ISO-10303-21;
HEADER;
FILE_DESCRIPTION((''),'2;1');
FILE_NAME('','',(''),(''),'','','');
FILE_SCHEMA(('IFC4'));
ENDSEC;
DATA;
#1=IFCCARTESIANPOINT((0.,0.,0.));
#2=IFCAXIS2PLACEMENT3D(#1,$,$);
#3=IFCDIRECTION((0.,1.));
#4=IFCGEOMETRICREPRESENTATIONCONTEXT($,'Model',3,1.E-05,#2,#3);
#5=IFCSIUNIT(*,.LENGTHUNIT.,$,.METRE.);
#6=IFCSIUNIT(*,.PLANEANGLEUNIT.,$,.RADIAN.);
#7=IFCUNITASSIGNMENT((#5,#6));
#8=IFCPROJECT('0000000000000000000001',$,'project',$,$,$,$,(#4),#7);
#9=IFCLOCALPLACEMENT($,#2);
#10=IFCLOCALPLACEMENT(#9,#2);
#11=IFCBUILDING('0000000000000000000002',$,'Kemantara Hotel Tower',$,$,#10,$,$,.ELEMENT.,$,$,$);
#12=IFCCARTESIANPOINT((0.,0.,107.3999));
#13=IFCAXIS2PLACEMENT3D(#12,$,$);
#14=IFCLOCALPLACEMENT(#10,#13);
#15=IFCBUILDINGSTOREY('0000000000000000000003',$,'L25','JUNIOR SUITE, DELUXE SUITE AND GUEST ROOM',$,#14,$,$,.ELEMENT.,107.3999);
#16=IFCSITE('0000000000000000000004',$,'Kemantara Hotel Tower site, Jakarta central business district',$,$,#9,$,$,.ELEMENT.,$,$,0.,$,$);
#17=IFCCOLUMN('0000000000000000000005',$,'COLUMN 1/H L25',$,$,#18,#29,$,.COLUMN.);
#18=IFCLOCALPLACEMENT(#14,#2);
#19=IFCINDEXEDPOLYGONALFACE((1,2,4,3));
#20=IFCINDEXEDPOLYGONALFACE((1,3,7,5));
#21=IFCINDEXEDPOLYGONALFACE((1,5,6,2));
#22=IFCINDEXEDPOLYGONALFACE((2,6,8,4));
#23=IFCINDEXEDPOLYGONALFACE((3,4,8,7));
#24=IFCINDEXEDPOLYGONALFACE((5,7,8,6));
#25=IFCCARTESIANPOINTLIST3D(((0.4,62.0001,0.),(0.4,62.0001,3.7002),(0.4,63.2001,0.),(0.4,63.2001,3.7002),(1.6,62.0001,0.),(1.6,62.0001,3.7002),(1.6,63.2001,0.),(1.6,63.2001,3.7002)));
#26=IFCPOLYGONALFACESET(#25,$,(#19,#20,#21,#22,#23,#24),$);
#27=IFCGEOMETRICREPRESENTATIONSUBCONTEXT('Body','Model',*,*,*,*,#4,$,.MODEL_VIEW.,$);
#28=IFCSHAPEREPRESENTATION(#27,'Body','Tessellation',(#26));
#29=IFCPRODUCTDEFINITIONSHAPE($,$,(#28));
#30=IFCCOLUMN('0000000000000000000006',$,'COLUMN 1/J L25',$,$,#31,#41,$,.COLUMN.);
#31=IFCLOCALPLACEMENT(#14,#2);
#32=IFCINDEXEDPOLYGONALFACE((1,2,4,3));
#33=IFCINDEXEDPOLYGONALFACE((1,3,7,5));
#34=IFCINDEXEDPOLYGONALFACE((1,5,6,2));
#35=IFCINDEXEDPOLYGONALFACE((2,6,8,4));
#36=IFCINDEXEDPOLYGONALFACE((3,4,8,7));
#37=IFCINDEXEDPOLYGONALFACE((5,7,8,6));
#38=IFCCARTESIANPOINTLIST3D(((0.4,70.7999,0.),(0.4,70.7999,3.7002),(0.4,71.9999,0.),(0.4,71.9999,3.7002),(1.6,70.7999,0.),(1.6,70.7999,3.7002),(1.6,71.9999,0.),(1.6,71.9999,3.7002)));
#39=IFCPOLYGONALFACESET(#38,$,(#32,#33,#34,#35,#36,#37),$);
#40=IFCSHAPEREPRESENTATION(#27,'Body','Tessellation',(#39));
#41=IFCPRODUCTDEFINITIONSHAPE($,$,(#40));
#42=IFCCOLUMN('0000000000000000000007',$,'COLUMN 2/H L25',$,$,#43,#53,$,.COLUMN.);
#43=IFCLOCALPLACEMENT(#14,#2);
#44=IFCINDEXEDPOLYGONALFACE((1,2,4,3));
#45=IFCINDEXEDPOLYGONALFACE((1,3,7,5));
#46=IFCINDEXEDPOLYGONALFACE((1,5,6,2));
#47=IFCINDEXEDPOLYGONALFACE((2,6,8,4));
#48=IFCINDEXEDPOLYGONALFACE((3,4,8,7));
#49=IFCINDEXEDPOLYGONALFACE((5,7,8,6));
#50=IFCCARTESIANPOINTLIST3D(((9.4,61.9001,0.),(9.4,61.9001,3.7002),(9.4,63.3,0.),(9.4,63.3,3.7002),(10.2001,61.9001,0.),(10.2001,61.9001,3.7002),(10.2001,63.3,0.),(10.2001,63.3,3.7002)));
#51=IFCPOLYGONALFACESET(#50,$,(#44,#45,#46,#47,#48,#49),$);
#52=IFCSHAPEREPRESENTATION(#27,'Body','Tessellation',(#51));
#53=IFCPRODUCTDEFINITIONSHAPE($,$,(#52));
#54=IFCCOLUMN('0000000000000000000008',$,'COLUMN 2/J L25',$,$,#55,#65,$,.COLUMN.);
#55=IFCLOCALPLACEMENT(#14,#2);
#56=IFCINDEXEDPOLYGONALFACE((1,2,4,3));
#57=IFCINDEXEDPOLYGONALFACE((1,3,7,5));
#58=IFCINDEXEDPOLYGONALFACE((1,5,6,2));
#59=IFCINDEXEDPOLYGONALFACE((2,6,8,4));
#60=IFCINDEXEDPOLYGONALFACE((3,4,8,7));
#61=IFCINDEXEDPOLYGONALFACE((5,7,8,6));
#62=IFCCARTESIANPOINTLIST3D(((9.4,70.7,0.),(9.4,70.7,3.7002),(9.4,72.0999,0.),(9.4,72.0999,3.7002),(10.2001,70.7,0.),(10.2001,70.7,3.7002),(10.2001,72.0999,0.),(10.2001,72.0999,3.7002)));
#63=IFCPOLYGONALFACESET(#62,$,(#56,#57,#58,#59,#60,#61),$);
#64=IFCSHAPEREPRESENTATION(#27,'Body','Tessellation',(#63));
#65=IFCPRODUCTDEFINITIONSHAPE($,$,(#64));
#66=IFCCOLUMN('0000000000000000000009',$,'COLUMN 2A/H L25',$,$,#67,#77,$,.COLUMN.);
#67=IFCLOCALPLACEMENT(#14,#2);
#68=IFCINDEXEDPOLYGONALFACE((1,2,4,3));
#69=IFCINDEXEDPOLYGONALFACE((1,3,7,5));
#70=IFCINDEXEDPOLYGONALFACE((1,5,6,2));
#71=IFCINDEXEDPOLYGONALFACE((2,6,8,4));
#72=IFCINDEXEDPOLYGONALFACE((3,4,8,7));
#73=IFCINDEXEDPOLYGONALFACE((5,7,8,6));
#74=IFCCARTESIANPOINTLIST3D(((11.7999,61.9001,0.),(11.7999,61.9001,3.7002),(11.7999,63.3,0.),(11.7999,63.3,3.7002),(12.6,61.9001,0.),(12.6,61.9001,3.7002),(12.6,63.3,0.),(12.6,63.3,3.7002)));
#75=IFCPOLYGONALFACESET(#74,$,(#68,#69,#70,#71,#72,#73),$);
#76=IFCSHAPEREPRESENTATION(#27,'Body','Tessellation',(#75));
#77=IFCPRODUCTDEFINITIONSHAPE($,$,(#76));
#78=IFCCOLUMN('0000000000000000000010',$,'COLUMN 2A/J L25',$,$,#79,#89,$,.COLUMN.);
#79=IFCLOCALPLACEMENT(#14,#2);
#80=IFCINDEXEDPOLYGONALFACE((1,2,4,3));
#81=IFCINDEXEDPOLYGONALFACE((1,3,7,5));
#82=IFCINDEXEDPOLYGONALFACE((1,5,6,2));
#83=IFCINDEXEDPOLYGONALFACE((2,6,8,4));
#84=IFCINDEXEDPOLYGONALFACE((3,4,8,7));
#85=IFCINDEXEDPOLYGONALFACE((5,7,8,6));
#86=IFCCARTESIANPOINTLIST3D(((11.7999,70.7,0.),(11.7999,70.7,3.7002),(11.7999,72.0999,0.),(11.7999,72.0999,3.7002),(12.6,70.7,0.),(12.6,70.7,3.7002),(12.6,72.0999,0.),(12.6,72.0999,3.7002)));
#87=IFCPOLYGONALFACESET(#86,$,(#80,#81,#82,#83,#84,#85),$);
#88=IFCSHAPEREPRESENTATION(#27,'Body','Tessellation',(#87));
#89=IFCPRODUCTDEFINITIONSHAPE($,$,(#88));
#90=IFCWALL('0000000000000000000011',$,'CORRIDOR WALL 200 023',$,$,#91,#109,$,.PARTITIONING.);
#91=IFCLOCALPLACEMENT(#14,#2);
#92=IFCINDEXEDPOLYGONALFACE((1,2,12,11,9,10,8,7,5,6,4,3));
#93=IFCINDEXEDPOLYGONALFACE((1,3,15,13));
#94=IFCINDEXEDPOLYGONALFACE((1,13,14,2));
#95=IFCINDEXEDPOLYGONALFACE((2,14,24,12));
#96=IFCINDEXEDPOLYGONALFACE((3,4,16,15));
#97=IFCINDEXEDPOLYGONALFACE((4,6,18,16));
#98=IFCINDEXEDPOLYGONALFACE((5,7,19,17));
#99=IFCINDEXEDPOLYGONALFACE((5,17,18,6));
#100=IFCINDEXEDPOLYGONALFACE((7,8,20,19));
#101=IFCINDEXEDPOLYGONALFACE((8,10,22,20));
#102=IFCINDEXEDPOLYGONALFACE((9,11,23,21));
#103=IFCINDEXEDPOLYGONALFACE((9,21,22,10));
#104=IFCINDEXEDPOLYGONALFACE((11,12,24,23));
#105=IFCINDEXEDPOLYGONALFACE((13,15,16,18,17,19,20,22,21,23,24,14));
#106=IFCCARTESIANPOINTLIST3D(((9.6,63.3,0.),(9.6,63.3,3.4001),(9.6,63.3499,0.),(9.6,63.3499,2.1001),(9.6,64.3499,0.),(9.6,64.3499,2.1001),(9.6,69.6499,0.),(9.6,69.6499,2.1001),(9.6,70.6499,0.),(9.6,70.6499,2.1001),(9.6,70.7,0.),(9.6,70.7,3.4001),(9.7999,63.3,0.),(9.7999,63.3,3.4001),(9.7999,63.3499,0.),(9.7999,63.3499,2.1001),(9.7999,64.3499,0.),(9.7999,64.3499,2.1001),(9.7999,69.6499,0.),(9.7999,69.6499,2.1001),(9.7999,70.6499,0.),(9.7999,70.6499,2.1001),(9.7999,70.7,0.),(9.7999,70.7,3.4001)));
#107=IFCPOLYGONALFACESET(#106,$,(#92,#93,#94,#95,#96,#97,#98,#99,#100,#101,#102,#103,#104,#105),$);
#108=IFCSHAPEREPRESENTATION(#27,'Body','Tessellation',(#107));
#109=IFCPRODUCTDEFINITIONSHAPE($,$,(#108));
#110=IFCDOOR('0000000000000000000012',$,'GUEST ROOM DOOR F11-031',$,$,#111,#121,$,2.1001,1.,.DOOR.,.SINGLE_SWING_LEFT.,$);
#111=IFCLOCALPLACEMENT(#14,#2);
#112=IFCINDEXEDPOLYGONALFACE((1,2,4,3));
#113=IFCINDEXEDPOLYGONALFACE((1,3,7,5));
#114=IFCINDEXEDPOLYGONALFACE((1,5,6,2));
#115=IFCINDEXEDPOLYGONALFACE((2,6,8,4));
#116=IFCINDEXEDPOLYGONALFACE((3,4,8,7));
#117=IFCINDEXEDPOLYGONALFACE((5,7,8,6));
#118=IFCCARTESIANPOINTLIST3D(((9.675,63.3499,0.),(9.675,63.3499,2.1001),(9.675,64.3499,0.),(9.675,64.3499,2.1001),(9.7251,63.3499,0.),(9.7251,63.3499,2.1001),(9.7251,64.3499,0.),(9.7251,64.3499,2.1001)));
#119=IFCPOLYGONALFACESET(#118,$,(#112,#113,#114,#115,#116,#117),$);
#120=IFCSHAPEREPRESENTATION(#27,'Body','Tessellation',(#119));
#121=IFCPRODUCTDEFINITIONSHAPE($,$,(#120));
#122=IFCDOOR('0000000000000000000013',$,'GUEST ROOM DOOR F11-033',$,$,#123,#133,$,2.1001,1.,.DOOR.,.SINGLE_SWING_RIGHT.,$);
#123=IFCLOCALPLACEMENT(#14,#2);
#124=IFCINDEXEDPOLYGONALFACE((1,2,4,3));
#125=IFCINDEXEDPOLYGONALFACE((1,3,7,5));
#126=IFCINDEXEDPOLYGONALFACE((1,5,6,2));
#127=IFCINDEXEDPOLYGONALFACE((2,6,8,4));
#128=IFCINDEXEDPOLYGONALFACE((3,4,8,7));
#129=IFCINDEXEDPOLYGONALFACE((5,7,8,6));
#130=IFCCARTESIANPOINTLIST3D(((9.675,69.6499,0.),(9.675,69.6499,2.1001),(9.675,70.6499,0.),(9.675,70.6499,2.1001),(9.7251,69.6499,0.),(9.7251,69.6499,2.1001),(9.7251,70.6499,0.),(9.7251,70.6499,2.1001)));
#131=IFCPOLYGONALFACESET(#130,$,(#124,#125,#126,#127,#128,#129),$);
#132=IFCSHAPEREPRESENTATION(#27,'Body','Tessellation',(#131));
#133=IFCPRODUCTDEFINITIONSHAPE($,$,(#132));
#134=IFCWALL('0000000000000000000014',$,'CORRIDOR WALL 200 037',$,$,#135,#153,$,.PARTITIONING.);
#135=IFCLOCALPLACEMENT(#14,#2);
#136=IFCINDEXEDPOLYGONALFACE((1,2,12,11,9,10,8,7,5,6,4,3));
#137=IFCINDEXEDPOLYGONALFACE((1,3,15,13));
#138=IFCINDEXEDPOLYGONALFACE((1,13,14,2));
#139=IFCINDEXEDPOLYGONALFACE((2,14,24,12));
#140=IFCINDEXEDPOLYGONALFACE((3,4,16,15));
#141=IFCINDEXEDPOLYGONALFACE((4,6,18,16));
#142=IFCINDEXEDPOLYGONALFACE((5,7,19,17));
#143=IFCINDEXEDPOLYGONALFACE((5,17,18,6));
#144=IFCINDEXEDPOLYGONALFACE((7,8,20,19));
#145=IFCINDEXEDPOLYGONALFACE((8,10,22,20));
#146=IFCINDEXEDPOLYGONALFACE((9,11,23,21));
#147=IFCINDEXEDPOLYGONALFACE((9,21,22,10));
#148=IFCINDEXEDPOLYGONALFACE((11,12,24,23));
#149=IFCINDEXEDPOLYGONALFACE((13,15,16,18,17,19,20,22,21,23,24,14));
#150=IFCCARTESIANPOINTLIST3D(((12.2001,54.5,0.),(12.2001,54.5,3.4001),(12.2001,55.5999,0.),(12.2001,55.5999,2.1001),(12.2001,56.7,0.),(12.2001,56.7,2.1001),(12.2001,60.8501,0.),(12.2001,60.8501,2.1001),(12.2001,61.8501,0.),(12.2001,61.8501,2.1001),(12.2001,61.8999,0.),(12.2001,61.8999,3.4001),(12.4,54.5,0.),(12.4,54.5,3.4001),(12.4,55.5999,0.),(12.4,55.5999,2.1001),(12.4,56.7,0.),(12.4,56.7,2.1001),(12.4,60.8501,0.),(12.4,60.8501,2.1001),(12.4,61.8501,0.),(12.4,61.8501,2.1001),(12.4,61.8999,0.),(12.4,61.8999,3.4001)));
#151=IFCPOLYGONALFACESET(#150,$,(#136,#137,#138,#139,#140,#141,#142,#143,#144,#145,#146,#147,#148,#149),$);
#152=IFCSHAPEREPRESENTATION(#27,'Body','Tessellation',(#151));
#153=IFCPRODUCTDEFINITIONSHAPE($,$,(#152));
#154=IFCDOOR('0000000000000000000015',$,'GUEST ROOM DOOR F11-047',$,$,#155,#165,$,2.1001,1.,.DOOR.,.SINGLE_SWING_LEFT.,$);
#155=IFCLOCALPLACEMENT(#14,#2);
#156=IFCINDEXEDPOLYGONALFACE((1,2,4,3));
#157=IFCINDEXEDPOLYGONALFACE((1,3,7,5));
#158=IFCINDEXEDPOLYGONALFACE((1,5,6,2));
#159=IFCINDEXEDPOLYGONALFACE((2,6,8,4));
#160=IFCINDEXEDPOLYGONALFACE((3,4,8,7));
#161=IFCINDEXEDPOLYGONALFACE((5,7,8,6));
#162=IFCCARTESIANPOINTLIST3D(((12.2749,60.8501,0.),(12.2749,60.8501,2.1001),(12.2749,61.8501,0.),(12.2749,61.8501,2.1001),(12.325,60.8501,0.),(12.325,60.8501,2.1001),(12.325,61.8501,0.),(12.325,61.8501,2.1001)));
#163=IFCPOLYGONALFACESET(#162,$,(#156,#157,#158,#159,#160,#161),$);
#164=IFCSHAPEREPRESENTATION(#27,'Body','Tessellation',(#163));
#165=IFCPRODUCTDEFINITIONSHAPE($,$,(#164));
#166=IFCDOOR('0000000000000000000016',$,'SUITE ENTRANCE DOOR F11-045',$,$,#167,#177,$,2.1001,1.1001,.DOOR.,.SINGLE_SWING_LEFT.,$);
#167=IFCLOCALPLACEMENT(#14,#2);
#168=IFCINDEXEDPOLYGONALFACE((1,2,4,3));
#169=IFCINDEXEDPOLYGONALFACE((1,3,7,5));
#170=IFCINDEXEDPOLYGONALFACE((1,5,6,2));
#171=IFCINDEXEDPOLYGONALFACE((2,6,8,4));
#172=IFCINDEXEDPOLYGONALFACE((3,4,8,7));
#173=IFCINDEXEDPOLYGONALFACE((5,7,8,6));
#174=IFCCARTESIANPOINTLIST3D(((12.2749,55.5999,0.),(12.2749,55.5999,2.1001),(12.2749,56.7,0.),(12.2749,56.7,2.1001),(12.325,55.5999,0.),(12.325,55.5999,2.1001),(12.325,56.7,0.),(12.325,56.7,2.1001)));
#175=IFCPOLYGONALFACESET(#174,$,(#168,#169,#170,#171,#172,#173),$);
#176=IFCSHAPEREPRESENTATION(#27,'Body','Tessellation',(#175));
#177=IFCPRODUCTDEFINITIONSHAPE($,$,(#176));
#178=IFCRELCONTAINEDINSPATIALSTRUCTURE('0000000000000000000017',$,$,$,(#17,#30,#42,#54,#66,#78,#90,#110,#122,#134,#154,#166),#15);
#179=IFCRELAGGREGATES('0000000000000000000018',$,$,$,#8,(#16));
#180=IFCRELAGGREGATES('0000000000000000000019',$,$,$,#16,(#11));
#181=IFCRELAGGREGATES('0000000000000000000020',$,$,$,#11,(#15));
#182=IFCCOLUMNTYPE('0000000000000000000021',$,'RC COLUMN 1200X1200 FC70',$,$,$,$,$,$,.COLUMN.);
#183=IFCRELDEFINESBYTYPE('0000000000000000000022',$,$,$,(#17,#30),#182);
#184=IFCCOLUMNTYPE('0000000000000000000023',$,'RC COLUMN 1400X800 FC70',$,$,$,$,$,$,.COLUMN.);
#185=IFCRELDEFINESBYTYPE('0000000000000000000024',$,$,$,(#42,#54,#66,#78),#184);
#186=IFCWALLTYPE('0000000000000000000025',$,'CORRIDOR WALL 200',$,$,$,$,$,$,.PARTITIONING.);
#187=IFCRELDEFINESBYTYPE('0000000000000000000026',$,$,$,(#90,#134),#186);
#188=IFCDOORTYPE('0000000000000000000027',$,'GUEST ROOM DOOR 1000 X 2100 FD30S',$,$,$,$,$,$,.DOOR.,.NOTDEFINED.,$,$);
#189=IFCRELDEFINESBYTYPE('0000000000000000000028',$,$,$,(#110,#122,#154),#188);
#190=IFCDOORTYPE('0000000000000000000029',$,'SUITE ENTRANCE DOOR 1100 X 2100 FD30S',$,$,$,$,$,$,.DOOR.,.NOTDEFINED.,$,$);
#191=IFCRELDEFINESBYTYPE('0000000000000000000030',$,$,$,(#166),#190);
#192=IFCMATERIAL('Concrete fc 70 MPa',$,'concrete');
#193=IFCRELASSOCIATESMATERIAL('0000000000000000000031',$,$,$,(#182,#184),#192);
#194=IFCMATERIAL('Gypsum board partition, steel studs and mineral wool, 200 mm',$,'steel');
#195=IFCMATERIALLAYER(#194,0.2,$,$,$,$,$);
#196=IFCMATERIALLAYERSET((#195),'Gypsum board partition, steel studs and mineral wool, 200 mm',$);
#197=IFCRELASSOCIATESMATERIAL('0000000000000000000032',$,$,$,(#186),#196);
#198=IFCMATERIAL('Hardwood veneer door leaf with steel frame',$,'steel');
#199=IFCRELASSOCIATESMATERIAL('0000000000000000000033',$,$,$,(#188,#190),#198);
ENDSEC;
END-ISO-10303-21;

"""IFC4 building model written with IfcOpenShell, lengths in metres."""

from ifc_helpers import new_model, si_unit, direction, frame, frame_2d, origin, origin_2d, place, context, subcontext, project, spatial, rectangle, extrude, material, layer, layer_set, material_profile, profile_set, type_object, element, fill, save


model = new_model("IFC4")

# Units and contexts
model_context = context("Model", 3, precision=1e-05, world=origin(), true_north=direction((0.0, 1.0)))
body_context = subcontext(model_context, "Body", "Model", "MODEL_VIEW")
ifc_project = project(units=[si_unit("LENGTHUNIT", "METRE"), si_unit("PLANEANGLEUNIT", "RADIAN")], contexts=[model_context])

# Site, building, storey
site_placement = place(None, origin())
site = spatial("IfcSite", under=ifc_project, at=site_placement, Name="Kemantara Hotel Tower site, Jakarta central business district", CompositionType="ELEMENT", RefElevation=0.0)
building_placement = place(site_placement, origin())
building = spatial("IfcBuilding", under=site, at=building_placement, Name="Kemantara Hotel Tower", CompositionType="ELEMENT")
storey_placement = place(building_placement, frame((0.0, 0.0, 107.3999)))
storey = spatial("IfcBuildingStorey", under=building, at=storey_placement, Name="L25", Description="JUNIOR SUITE, DELUXE SUITE AND GUEST ROOM", CompositionType="ELEMENT", Elevation=107.3999)

# Columns
ifc_material_1 = material(Name="Concrete fc 70 MPa", Category="concrete")
ifc_material_profile_1 = material_profile(ifc_material_1, rectangle(XDim=1.2, YDim=1.2, at=origin_2d()), Name="RC 1200X1200")
ifc_profile_set_1 = profile_set([ifc_material_profile_1], Name="Concrete fc 70 MPa")
column_type_1 = type_object("IfcColumnType", Name="RC COLUMN 1200X1200 FC70", PredefinedType="COLUMN", material=ifc_profile_set_1)
for number, where, z_axis, x_axis, name in (
    (1, (1.0, 62.6001, 0.0), (0.0, 0.0, 1.0), (1.0, 0.0, 0.0), "COLUMN 1/H L25"),
    (2, (1.0, 71.3999, 0.0), (0.0, 0.0, 1.0), (1.0, 0.0, 0.0), "COLUMN 1/J L25"),
):
    element("IfcColumn", number, at=place(storey_placement, frame(where, z_axis=z_axis, x_axis=x_axis)), inside=storey, type_object=column_type_1, Name=name, PredefinedType="COLUMN", context=body_context, shape_type="SweptSolid", body=[
        extrude(rectangle(XDim=1.2, YDim=1.2, at=origin_2d()), origin(), (0.0, 0.0, 1.0), 3.7002),
    ])
ifc_material_profile_2 = material_profile(ifc_material_1, rectangle(XDim=1.3999, YDim=0.8, at=origin_2d()), Name="RC 1400X800")
ifc_profile_set_2 = profile_set([ifc_material_profile_2], Name="Concrete fc 70 MPa")
column_type_2 = type_object("IfcColumnType", Name="RC COLUMN 1400X800 FC70", PredefinedType="COLUMN", material=ifc_profile_set_2)
for number, where, z_axis, x_axis, name in (
    (3, (9.8, 62.6001, 0.0), (0.0, 0.0, 1.0), (0.0, 1.0, 0.0), "COLUMN 2/H L25"),
    (4, (9.8, 71.3999, 0.0), (0.0, 0.0, 1.0), (0.0, 1.0, 0.0), "COLUMN 2/J L25"),
    (5, (12.2, 62.6001, 0.0), (0.0, 0.0, 1.0), (0.0, 1.0, 0.0), "COLUMN 2A/H L25"),
    (6, (12.2, 71.3999, 0.0), (0.0, 0.0, 1.0), (0.0, 1.0, 0.0), "COLUMN 2A/J L25"),
):
    element("IfcColumn", number, at=place(storey_placement, frame(where, z_axis=z_axis, x_axis=x_axis)), inside=storey, type_object=column_type_2, Name=name, PredefinedType="COLUMN", context=body_context, shape_type="SweptSolid", body=[
        extrude(rectangle(XDim=1.3999, YDim=0.8, at=origin_2d()), origin(), (0.0, 0.0, 1.0), 3.7002),
    ])

# Walls, openings, doors
ifc_material_2 = material(Name="Gypsum board partition, steel studs and mineral wool, 200 mm", Category="steel")
ifc_layer_1 = layer(ifc_material_2, 0.2)
ifc_layer_set_1 = layer_set([ifc_layer_1], Name="Gypsum board partition, steel studs and mineral wool, 200 mm")
wall_type_1 = type_object("IfcWallType", Name="CORRIDOR WALL 200", PredefinedType="PARTITIONING", material=ifc_layer_set_1)
wall_1_placement = place(storey_placement, frame((9.7, 63.3, 0.0), z_axis=(0.0, 0.0, 1.0), x_axis=(0.0, 1.0, 0.0)))
wall_1 = element("IfcWall", 7, at=wall_1_placement, inside=storey, type_object=wall_type_1, Name="CORRIDOR WALL 200 023", PredefinedType="PARTITIONING", context=body_context, shape_type="SweptSolid", body=[
    extrude(rectangle(XDim=7.3999, YDim=0.2, at=frame_2d((3.7, 0.0))), origin(), (0.0, 0.0, 1.0), 3.4001),
])
opening_1_placement = place(wall_1_placement, frame((0.0498, 0.0, 0.0)))
opening_1 = element("IfcOpeningElement", 8, at=opening_1_placement, cuts=wall_1, PredefinedType="OPENING", context=body_context, shape_type="SweptSolid", body=[
    extrude(rectangle(XDim=1.0, YDim=2.1001, at=frame_2d((0.5, 1.05))), frame((0.0, 0.1099, 0.0), z_axis=(0.0, -1.0, 0.0), x_axis=(1.0, 0.0, 0.0)), (0.0, 0.0, 1.0), 0.22),
])
opening_2_placement = place(wall_1_placement, frame((6.3499, 0.0, 0.0)))
opening_2 = element("IfcOpeningElement", 9, at=opening_2_placement, cuts=wall_1, PredefinedType="OPENING", context=body_context, shape_type="SweptSolid", body=[
    extrude(rectangle(XDim=1.0, YDim=2.1001, at=frame_2d((0.5, 1.05))), frame((0.0, 0.1099, 0.0), z_axis=(0.0, -1.0, 0.0), x_axis=(1.0, 0.0, 0.0)), (0.0, 0.0, 1.0), 0.22),
])
ifc_material_3 = material(Name="Hardwood veneer door leaf with steel frame", Category="steel")
door_type_1 = type_object("IfcDoorType", Name="GUEST ROOM DOOR 1000 X 2100 FD30S", OperationType="NOTDEFINED", PredefinedType="DOOR", material=ifc_material_3)
door_1_placement = place(opening_1_placement, origin())
door_1 = element("IfcDoor", 10, at=door_1_placement, inside=storey, type_object=door_type_1, Name="GUEST ROOM DOOR F11-031", OperationType="SINGLE_SWING_LEFT", OverallHeight=2.1001, OverallWidth=1.0, PredefinedType="DOOR", context=body_context, shape_type="SweptSolid", body=[
    extrude(rectangle(XDim=1.0, YDim=2.1001, at=frame_2d((0.5, 1.05))), frame((0.0, 0.0249, 0.0), z_axis=(0.0, -1.0, 0.0), x_axis=(1.0, 0.0, 0.0)), (0.0, 0.0, 1.0), 0.05),
])
fill(opening_1, door_1)
door_2_placement = place(opening_2_placement, origin())
door_2 = element("IfcDoor", 11, at=door_2_placement, inside=storey, type_object=door_type_1, Name="GUEST ROOM DOOR F11-033", OperationType="SINGLE_SWING_RIGHT", OverallHeight=2.1001, OverallWidth=1.0, PredefinedType="DOOR", context=body_context, shape_type="SweptSolid", body=[
    extrude(rectangle(XDim=1.0, YDim=2.1001, at=frame_2d((0.5, 1.05))), frame((0.0, 0.0249, 0.0), z_axis=(0.0, -1.0, 0.0), x_axis=(1.0, 0.0, 0.0)), (0.0, 0.0, 1.0), 0.05),
])
fill(opening_2, door_2)
wall_2_placement = place(storey_placement, frame((12.3, 61.8999, 0.0), z_axis=(0.0, 0.0, 1.0), x_axis=(0.0, -1.0, 0.0)))
wall_2 = element("IfcWall", 12, at=wall_2_placement, inside=storey, type_object=wall_type_1, Name="CORRIDOR WALL 200 037", PredefinedType="PARTITIONING", context=body_context, shape_type="SweptSolid", body=[
    extrude(rectangle(XDim=7.3999, YDim=0.2, at=frame_2d((3.7, 0.0))), origin(), (0.0, 0.0, 1.0), 3.4001),
])
opening_3_placement = place(wall_2_placement, frame((5.2, 0.0, 0.0)))
opening_3 = element("IfcOpeningElement", 13, at=opening_3_placement, cuts=wall_2, PredefinedType="OPENING", context=body_context, shape_type="SweptSolid", body=[
    extrude(rectangle(XDim=1.1001, YDim=2.1001, at=frame_2d((0.55, 1.05))), frame((0.0, 0.1099, 0.0), z_axis=(0.0, -1.0, 0.0), x_axis=(1.0, 0.0, 0.0)), (0.0, 0.0, 1.0), 0.22),
])
opening_4_placement = place(wall_2_placement, frame((0.0498, 0.0, 0.0)))
opening_4 = element("IfcOpeningElement", 14, at=opening_4_placement, cuts=wall_2, PredefinedType="OPENING", context=body_context, shape_type="SweptSolid", body=[
    extrude(rectangle(XDim=1.0, YDim=2.1001, at=frame_2d((0.5, 1.05))), frame((0.0, 0.1099, 0.0), z_axis=(0.0, -1.0, 0.0), x_axis=(1.0, 0.0, 0.0)), (0.0, 0.0, 1.0), 0.22),
])
door_3_placement = place(opening_4_placement, origin())
door_3 = element("IfcDoor", 15, at=door_3_placement, inside=storey, type_object=door_type_1, Name="GUEST ROOM DOOR F11-047", OperationType="SINGLE_SWING_LEFT", OverallHeight=2.1001, OverallWidth=1.0, PredefinedType="DOOR", context=body_context, shape_type="SweptSolid", body=[
    extrude(rectangle(XDim=1.0, YDim=2.1001, at=frame_2d((0.5, 1.05))), frame((0.0, 0.0249, 0.0), z_axis=(0.0, -1.0, 0.0), x_axis=(1.0, 0.0, 0.0)), (0.0, 0.0, 1.0), 0.05),
])
fill(opening_4, door_3)
door_type_2 = type_object("IfcDoorType", Name="SUITE ENTRANCE DOOR 1100 X 2100 FD30S", OperationType="NOTDEFINED", PredefinedType="DOOR", material=ifc_material_3)
door_4_placement = place(opening_3_placement, origin())
door_4 = element("IfcDoor", 16, at=door_4_placement, inside=storey, type_object=door_type_2, Name="SUITE ENTRANCE DOOR F11-045", OperationType="SINGLE_SWING_LEFT", OverallHeight=2.1001, OverallWidth=1.1001, PredefinedType="DOOR", context=body_context, shape_type="SweptSolid", body=[
    extrude(rectangle(XDim=1.1001, YDim=2.1001, at=frame_2d((0.55, 1.05))), frame((0.0, 0.0249, 0.0), z_axis=(0.0, -1.0, 0.0), x_axis=(1.0, 0.0, 0.0)), (0.0, 0.0, 1.0), 0.05),
])
fill(opening_3, door_4)

save(model, "model.ifc")
